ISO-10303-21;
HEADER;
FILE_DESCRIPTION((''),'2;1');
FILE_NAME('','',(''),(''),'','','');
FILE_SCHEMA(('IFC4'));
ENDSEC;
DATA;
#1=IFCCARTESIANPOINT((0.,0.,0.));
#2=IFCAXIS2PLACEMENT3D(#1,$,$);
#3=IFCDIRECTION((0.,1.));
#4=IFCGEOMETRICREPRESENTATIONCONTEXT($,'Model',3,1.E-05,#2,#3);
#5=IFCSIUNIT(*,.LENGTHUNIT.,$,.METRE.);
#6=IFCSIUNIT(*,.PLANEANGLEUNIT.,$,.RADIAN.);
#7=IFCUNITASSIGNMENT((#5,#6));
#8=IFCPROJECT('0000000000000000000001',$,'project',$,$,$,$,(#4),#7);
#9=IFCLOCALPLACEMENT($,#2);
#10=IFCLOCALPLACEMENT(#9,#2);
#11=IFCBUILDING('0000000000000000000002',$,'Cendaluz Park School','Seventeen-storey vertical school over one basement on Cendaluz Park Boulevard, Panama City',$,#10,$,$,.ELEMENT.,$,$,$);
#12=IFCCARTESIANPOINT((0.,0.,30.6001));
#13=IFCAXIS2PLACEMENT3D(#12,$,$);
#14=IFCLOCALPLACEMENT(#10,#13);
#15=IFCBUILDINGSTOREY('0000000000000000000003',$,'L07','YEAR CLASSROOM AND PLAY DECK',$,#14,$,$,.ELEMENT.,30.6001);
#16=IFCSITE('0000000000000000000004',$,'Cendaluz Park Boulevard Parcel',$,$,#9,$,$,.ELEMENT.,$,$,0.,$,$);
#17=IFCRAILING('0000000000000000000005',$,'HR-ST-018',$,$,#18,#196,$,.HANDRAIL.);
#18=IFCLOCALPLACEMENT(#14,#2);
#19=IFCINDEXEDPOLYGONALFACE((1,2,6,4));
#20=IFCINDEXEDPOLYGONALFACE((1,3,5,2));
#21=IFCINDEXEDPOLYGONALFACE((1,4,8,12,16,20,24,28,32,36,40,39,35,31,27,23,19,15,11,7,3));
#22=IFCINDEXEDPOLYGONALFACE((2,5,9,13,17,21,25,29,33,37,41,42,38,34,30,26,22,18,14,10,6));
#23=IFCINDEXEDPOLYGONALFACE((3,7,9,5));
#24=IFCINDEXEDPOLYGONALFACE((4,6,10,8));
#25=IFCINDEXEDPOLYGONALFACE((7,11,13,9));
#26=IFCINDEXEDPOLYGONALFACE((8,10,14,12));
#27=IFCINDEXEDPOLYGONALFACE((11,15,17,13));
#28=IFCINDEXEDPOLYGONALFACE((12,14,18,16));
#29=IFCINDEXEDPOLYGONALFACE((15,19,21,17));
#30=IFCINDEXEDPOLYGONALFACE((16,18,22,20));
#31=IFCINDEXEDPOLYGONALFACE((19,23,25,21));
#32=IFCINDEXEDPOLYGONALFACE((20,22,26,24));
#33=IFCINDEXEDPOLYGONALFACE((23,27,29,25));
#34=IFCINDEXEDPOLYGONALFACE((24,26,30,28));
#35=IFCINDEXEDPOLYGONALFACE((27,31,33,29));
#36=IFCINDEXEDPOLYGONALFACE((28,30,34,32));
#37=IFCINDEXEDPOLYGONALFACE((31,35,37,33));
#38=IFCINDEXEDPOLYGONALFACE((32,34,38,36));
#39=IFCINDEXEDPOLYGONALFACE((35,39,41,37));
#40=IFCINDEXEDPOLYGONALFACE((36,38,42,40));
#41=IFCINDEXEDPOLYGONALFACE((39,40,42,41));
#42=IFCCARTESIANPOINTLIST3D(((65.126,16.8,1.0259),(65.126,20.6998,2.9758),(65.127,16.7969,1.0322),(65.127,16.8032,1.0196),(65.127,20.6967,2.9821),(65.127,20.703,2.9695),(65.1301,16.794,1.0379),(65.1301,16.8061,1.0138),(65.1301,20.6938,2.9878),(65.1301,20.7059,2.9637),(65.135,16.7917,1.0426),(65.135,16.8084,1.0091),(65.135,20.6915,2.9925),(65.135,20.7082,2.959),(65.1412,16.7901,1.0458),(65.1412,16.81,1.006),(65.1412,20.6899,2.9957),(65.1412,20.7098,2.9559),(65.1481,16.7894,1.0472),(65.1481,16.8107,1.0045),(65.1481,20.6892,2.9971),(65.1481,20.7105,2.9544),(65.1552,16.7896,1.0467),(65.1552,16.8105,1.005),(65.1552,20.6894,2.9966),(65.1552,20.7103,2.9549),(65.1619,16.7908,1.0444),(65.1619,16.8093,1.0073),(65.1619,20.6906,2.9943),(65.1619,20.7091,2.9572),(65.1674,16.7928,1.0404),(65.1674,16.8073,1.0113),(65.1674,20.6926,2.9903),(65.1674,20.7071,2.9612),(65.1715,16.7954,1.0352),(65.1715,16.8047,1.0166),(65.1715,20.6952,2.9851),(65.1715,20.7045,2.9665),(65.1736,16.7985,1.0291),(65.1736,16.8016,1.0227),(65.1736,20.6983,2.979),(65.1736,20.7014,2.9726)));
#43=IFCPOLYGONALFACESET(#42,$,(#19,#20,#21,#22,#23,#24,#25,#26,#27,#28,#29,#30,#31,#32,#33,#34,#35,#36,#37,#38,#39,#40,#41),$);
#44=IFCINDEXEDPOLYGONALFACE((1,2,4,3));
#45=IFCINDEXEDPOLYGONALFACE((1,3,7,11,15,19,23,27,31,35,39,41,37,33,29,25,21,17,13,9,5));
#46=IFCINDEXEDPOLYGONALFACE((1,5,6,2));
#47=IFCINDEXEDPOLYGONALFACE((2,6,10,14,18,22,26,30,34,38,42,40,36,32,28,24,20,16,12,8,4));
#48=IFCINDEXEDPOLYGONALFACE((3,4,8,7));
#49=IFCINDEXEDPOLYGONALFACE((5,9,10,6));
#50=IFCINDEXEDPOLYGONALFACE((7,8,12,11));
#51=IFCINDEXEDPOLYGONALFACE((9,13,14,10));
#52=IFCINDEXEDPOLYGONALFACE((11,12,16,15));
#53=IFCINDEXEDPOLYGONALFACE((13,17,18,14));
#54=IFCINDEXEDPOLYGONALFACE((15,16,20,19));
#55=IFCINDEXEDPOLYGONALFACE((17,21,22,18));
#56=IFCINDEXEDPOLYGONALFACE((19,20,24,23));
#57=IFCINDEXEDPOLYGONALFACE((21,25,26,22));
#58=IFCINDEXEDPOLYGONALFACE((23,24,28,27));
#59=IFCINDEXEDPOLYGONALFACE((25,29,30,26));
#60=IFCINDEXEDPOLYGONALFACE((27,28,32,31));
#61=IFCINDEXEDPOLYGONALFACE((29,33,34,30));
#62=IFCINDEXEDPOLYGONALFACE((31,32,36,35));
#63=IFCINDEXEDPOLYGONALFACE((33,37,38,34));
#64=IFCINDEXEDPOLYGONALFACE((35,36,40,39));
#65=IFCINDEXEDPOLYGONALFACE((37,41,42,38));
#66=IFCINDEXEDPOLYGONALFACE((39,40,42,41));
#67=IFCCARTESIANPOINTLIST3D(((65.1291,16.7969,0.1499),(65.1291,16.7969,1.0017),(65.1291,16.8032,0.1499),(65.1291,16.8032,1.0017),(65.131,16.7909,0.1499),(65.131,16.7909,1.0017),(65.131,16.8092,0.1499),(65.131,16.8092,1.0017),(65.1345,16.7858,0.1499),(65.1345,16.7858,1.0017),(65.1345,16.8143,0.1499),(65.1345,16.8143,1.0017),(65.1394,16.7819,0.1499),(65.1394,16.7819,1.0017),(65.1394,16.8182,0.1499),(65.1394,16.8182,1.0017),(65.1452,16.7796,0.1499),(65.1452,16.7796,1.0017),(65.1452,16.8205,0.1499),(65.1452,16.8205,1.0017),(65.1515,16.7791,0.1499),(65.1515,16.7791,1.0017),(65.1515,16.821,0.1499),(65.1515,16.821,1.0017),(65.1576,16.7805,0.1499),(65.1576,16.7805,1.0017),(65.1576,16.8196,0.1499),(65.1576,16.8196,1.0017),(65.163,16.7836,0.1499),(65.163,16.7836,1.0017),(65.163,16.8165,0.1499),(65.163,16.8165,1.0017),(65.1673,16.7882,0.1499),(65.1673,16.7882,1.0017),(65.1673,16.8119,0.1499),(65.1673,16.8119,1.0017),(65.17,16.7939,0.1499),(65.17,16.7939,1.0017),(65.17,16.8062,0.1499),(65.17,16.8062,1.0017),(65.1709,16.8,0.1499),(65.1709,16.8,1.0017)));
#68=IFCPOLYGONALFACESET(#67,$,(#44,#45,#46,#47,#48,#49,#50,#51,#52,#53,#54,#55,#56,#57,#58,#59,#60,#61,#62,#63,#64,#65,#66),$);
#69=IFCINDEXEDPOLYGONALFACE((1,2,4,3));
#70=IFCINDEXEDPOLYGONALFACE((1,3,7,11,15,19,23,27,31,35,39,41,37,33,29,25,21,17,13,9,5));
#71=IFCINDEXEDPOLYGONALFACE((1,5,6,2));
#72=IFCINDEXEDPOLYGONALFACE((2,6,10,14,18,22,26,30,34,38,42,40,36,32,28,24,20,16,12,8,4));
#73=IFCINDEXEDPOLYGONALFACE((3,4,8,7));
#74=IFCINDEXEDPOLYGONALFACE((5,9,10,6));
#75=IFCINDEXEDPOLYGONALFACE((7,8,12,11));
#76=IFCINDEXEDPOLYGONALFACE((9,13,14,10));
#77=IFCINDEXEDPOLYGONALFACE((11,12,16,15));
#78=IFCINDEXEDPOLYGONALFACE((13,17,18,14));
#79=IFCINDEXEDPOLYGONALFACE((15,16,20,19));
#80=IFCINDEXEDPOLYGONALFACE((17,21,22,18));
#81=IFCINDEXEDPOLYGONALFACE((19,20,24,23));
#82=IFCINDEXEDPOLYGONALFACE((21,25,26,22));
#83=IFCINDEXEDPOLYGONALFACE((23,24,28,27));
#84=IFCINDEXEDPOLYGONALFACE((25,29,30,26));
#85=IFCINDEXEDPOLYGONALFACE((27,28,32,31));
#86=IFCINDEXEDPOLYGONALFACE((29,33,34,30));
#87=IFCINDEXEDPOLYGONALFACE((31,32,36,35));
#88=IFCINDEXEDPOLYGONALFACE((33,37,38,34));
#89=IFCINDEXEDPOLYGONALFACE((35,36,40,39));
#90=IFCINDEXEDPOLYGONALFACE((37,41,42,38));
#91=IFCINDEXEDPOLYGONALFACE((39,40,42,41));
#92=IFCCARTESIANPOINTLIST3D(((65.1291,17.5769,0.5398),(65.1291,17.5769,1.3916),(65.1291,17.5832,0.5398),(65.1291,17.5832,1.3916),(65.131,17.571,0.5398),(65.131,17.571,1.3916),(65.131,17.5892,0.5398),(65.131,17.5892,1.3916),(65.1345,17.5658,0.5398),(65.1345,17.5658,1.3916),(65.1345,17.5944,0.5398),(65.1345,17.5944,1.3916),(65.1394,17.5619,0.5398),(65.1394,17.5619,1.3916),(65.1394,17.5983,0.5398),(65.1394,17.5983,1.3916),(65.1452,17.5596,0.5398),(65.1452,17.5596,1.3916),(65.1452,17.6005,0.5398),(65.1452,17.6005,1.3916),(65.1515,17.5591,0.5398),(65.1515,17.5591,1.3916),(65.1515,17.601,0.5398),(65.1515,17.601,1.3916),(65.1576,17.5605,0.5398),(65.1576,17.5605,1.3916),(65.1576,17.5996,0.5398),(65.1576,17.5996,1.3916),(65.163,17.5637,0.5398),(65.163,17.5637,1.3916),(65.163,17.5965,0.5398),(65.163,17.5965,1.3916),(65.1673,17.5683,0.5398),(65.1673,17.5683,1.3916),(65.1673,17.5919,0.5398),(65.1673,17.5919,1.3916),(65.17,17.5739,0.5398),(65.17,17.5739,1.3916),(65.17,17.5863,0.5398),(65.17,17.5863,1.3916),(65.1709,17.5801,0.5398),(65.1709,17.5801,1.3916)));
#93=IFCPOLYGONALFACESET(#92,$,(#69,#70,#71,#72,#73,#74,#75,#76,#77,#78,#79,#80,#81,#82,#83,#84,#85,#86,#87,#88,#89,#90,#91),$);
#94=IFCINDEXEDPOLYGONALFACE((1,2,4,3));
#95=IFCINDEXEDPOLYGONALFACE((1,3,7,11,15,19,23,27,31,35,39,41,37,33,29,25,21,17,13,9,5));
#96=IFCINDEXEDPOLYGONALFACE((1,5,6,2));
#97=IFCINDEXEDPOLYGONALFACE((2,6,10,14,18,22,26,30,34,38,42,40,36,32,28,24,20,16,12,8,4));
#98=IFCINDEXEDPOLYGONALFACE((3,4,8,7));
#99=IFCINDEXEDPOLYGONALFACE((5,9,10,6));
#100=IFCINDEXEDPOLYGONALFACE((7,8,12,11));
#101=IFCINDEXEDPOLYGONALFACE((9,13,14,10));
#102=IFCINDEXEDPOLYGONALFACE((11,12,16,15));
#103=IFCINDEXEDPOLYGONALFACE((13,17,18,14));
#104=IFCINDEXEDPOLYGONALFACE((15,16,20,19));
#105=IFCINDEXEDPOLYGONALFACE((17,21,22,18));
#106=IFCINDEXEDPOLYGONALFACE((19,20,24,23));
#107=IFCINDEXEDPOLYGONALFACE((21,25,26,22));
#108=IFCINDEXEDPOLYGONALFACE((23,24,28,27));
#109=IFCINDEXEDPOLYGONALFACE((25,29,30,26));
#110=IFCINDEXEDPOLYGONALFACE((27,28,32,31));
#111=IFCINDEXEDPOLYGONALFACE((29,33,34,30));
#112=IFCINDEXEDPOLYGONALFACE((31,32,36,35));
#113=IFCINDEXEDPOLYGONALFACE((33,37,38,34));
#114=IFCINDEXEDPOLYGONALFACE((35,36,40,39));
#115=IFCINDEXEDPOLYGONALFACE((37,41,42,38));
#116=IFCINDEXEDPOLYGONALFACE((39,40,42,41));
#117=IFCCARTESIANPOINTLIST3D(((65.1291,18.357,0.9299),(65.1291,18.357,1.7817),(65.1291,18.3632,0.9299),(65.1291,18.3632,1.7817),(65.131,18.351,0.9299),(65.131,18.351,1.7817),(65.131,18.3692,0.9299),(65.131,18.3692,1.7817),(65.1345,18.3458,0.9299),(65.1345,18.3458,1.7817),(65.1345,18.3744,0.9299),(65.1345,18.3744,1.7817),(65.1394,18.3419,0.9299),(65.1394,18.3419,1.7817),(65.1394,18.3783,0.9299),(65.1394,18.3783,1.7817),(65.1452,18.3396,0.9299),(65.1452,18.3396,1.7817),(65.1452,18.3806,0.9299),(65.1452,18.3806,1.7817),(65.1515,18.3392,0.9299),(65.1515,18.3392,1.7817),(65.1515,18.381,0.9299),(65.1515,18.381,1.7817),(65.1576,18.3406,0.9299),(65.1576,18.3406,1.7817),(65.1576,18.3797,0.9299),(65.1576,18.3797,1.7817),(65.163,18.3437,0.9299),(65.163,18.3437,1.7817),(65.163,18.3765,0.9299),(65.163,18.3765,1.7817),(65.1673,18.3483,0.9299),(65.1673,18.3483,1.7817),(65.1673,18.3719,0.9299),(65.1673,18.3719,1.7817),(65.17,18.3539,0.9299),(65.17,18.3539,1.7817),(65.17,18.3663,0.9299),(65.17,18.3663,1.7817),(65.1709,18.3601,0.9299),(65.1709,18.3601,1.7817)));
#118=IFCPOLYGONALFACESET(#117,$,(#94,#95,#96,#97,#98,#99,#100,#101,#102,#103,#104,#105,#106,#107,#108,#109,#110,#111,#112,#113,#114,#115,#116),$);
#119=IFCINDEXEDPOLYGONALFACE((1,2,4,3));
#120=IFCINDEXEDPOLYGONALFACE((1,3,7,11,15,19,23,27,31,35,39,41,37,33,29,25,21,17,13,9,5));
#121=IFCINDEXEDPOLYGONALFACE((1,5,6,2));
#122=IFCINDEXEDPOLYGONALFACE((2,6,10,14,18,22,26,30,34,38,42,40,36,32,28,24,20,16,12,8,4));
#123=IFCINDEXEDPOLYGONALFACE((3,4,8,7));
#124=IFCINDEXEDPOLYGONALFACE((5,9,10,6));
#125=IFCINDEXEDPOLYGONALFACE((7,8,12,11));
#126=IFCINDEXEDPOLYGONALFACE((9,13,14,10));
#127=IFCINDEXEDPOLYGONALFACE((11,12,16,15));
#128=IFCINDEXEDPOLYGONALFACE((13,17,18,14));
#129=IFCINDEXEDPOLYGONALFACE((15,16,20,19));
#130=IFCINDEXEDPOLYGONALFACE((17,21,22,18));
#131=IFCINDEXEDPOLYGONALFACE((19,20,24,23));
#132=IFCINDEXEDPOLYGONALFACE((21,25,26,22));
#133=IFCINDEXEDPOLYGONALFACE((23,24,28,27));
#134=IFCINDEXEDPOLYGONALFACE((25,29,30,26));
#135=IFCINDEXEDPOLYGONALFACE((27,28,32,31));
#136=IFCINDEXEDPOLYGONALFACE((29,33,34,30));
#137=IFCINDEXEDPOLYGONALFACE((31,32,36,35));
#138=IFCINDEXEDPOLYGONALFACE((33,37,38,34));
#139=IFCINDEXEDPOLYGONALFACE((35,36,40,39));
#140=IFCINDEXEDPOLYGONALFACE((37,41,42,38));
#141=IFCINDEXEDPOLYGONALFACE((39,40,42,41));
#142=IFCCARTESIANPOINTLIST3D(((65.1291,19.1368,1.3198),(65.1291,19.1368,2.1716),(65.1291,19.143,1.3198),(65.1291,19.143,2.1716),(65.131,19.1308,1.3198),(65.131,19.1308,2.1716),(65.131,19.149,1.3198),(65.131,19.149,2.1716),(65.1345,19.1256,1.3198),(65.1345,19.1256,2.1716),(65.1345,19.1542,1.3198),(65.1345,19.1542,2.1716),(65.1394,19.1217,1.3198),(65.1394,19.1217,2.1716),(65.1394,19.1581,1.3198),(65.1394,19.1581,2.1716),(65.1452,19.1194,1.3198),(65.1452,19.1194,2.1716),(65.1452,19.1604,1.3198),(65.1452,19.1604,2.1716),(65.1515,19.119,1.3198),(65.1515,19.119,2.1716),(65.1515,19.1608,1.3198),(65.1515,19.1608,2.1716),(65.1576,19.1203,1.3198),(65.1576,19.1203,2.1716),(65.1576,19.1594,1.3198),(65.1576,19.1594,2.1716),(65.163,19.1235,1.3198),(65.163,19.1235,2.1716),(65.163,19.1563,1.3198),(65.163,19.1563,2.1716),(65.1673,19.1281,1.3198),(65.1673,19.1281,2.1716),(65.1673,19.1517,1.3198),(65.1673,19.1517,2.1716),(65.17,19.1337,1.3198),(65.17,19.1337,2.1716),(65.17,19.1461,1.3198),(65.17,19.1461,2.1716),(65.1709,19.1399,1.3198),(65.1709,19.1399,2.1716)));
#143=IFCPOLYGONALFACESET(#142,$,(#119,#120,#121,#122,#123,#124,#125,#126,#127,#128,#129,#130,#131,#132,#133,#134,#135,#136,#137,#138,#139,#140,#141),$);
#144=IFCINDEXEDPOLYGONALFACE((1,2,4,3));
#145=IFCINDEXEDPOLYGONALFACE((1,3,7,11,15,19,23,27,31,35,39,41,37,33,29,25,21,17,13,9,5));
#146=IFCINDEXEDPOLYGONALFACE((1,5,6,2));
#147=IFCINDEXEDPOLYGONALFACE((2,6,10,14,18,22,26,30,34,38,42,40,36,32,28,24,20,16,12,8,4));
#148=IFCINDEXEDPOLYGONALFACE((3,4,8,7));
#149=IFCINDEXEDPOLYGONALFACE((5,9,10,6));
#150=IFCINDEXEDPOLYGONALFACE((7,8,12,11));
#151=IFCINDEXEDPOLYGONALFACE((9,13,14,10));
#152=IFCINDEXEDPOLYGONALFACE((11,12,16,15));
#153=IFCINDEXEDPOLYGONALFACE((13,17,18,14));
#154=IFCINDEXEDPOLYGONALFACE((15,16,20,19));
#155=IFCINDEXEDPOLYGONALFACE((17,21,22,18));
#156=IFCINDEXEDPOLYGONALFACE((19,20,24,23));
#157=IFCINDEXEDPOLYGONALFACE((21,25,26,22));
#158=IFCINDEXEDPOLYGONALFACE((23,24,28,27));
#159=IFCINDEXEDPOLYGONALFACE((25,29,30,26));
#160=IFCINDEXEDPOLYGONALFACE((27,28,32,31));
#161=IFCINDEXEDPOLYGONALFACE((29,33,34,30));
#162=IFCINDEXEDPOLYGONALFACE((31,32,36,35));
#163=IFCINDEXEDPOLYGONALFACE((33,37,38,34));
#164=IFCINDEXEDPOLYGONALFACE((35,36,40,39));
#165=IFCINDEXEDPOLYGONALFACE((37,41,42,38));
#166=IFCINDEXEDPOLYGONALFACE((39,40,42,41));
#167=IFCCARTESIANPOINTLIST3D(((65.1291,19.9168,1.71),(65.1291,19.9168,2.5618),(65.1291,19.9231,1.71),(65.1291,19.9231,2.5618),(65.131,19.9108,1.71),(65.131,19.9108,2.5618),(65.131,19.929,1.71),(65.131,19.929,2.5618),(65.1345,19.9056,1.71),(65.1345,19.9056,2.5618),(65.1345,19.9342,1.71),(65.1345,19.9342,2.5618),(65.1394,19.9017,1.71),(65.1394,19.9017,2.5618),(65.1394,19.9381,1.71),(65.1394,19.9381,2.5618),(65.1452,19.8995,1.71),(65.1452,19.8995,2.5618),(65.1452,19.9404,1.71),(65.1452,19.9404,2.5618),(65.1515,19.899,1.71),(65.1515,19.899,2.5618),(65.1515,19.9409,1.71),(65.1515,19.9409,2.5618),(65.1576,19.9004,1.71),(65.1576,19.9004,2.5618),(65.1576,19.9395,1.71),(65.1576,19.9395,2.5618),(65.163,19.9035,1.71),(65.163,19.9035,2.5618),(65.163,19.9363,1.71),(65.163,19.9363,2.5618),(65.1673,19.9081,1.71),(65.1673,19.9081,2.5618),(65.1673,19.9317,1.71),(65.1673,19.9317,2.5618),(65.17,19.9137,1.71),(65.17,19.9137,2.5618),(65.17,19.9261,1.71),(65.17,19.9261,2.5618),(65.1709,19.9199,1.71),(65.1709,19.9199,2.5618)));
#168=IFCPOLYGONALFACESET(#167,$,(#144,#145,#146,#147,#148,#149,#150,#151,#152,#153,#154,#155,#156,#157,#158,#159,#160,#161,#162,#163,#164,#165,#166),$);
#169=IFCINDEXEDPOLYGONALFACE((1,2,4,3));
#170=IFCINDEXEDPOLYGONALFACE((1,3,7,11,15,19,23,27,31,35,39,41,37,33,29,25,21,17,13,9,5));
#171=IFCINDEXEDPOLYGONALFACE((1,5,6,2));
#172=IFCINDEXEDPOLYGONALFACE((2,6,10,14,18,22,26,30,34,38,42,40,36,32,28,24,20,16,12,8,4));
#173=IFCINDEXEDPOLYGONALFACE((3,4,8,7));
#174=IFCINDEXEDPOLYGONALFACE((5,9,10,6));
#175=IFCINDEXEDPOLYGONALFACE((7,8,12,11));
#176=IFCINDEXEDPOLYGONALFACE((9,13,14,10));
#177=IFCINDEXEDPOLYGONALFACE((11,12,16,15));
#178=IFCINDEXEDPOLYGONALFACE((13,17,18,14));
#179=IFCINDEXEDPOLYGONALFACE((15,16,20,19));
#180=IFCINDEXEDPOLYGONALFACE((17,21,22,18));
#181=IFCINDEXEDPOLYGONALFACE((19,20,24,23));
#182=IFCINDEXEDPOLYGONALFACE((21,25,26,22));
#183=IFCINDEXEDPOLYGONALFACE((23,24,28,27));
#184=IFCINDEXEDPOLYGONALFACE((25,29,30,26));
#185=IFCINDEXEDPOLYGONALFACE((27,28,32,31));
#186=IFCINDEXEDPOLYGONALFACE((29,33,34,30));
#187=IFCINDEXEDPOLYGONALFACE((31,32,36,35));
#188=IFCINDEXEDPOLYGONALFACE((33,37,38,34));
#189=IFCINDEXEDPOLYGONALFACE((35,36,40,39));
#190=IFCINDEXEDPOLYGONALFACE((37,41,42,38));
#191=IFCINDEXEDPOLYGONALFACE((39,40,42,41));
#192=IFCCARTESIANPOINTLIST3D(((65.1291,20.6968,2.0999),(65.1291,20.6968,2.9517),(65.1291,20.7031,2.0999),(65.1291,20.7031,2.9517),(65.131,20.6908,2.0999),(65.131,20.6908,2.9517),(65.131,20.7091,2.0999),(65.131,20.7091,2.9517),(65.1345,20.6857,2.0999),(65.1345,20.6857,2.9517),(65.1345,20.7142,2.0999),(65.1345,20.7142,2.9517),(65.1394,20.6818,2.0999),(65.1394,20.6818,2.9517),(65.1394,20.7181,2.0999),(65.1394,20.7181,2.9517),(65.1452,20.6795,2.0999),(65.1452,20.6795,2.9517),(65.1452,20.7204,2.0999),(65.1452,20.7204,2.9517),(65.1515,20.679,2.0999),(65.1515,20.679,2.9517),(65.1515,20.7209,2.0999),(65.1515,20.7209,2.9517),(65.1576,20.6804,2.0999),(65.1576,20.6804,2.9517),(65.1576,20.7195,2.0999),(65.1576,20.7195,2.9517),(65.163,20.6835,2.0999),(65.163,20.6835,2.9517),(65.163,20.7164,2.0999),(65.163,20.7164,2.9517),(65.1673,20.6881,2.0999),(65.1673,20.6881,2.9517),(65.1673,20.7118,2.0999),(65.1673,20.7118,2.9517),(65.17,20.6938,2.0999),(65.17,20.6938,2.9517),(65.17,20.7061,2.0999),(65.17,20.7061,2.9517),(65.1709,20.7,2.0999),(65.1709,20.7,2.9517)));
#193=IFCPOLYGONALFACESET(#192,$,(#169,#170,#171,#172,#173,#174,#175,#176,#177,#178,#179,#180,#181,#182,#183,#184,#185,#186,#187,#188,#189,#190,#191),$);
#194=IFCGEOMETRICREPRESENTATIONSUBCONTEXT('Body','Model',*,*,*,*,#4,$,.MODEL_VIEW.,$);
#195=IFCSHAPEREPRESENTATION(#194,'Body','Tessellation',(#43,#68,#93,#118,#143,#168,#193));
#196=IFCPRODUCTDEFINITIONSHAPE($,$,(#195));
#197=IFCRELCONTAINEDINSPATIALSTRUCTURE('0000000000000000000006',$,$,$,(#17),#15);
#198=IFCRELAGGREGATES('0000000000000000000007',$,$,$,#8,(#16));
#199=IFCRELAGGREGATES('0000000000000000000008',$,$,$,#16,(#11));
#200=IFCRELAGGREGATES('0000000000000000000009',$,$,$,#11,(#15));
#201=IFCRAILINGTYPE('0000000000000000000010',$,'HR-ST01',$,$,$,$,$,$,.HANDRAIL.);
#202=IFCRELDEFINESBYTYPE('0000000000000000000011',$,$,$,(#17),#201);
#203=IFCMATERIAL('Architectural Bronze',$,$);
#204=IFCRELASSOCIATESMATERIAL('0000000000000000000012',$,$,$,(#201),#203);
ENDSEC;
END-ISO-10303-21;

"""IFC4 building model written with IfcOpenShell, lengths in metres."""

from ifc_helpers import new_model, si_unit, direction, frame, origin, origin_2d, place, context, subcontext, project, spatial, circle, extrude, material, type_object, element, save


model = new_model("IFC4")

# Units and contexts
model_context = context("Model", 3, precision=1e-05, world=origin(), true_north=direction((0.0, 1.0)))
body_context = subcontext(model_context, "Body", "Model", "MODEL_VIEW")
ifc_project = project(units=[si_unit("LENGTHUNIT", "METRE"), si_unit("PLANEANGLEUNIT", "RADIAN")], contexts=[model_context])

# Site, building, storey
site_placement = place(None, origin())
site = spatial("IfcSite", under=ifc_project, at=site_placement, Name="Cendaluz Park Boulevard Parcel", CompositionType="ELEMENT", RefElevation=0.0)
building_placement = place(site_placement, origin())
building = spatial("IfcBuilding", under=site, at=building_placement, Name="Cendaluz Park School", Description="Seventeen-storey vertical school over one basement on Cendaluz Park Boulevard, Panama City", CompositionType="ELEMENT")
storey_placement = place(building_placement, frame((0.0, 0.0, 30.6001)))
storey = spatial("IfcBuildingStorey", under=building, at=storey_placement, Name="L07", Description="YEAR CLASSROOM AND PLAY DECK", CompositionType="ELEMENT", Elevation=30.6001)

# Railing
ifc_material_1 = material(Name="Architectural Bronze")
railing_type_1 = type_object("IfcRailingType", Name="HR-ST01", PredefinedType="HANDRAIL", material=ifc_material_1)
railing_1_placement = place(storey_placement, frame((65.1499, 16.8, 0.1499)))
element("IfcRailing", 1, at=railing_1_placement, inside=storey, type_object=railing_type_1, Name="HR-ST-018", PredefinedType="HANDRAIL", context=body_context, shape_type="SweptSolid", body=[
    extrude(circle(Radius=0.0239, at=origin_2d()), frame((0.0, 0.0, 0.876), z_axis=(0.0, 0.894427, 0.447214), x_axis=(-1.0, 0.0, 0.0)), (0.0, 0.0, 1.0), 4.3601),
    extrude(circle(Radius=0.021, at=origin_2d()), origin(), (0.0, 0.0, 1.0), 0.8518),
    extrude(circle(Radius=0.021, at=origin_2d()), frame((0.0, 0.78, 0.3899)), (0.0, 0.0, 1.0), 0.8518),
    extrude(circle(Radius=0.021, at=origin_2d()), frame((0.0, 1.5601, 0.78)), (0.0, 0.0, 1.0), 0.8518),
    extrude(circle(Radius=0.021, at=origin_2d()), frame((0.0, 2.3398, 1.1699)), (0.0, 0.0, 1.0), 0.8518),
    extrude(circle(Radius=0.021, at=origin_2d()), frame((0.0, 3.1199, 1.5601)), (0.0, 0.0, 1.0), 0.8518),
    extrude(circle(Radius=0.021, at=origin_2d()), frame((0.0, 3.8999, 1.95)), (0.0, 0.0, 1.0), 0.8518),
])

save(model, "model.ifc")
